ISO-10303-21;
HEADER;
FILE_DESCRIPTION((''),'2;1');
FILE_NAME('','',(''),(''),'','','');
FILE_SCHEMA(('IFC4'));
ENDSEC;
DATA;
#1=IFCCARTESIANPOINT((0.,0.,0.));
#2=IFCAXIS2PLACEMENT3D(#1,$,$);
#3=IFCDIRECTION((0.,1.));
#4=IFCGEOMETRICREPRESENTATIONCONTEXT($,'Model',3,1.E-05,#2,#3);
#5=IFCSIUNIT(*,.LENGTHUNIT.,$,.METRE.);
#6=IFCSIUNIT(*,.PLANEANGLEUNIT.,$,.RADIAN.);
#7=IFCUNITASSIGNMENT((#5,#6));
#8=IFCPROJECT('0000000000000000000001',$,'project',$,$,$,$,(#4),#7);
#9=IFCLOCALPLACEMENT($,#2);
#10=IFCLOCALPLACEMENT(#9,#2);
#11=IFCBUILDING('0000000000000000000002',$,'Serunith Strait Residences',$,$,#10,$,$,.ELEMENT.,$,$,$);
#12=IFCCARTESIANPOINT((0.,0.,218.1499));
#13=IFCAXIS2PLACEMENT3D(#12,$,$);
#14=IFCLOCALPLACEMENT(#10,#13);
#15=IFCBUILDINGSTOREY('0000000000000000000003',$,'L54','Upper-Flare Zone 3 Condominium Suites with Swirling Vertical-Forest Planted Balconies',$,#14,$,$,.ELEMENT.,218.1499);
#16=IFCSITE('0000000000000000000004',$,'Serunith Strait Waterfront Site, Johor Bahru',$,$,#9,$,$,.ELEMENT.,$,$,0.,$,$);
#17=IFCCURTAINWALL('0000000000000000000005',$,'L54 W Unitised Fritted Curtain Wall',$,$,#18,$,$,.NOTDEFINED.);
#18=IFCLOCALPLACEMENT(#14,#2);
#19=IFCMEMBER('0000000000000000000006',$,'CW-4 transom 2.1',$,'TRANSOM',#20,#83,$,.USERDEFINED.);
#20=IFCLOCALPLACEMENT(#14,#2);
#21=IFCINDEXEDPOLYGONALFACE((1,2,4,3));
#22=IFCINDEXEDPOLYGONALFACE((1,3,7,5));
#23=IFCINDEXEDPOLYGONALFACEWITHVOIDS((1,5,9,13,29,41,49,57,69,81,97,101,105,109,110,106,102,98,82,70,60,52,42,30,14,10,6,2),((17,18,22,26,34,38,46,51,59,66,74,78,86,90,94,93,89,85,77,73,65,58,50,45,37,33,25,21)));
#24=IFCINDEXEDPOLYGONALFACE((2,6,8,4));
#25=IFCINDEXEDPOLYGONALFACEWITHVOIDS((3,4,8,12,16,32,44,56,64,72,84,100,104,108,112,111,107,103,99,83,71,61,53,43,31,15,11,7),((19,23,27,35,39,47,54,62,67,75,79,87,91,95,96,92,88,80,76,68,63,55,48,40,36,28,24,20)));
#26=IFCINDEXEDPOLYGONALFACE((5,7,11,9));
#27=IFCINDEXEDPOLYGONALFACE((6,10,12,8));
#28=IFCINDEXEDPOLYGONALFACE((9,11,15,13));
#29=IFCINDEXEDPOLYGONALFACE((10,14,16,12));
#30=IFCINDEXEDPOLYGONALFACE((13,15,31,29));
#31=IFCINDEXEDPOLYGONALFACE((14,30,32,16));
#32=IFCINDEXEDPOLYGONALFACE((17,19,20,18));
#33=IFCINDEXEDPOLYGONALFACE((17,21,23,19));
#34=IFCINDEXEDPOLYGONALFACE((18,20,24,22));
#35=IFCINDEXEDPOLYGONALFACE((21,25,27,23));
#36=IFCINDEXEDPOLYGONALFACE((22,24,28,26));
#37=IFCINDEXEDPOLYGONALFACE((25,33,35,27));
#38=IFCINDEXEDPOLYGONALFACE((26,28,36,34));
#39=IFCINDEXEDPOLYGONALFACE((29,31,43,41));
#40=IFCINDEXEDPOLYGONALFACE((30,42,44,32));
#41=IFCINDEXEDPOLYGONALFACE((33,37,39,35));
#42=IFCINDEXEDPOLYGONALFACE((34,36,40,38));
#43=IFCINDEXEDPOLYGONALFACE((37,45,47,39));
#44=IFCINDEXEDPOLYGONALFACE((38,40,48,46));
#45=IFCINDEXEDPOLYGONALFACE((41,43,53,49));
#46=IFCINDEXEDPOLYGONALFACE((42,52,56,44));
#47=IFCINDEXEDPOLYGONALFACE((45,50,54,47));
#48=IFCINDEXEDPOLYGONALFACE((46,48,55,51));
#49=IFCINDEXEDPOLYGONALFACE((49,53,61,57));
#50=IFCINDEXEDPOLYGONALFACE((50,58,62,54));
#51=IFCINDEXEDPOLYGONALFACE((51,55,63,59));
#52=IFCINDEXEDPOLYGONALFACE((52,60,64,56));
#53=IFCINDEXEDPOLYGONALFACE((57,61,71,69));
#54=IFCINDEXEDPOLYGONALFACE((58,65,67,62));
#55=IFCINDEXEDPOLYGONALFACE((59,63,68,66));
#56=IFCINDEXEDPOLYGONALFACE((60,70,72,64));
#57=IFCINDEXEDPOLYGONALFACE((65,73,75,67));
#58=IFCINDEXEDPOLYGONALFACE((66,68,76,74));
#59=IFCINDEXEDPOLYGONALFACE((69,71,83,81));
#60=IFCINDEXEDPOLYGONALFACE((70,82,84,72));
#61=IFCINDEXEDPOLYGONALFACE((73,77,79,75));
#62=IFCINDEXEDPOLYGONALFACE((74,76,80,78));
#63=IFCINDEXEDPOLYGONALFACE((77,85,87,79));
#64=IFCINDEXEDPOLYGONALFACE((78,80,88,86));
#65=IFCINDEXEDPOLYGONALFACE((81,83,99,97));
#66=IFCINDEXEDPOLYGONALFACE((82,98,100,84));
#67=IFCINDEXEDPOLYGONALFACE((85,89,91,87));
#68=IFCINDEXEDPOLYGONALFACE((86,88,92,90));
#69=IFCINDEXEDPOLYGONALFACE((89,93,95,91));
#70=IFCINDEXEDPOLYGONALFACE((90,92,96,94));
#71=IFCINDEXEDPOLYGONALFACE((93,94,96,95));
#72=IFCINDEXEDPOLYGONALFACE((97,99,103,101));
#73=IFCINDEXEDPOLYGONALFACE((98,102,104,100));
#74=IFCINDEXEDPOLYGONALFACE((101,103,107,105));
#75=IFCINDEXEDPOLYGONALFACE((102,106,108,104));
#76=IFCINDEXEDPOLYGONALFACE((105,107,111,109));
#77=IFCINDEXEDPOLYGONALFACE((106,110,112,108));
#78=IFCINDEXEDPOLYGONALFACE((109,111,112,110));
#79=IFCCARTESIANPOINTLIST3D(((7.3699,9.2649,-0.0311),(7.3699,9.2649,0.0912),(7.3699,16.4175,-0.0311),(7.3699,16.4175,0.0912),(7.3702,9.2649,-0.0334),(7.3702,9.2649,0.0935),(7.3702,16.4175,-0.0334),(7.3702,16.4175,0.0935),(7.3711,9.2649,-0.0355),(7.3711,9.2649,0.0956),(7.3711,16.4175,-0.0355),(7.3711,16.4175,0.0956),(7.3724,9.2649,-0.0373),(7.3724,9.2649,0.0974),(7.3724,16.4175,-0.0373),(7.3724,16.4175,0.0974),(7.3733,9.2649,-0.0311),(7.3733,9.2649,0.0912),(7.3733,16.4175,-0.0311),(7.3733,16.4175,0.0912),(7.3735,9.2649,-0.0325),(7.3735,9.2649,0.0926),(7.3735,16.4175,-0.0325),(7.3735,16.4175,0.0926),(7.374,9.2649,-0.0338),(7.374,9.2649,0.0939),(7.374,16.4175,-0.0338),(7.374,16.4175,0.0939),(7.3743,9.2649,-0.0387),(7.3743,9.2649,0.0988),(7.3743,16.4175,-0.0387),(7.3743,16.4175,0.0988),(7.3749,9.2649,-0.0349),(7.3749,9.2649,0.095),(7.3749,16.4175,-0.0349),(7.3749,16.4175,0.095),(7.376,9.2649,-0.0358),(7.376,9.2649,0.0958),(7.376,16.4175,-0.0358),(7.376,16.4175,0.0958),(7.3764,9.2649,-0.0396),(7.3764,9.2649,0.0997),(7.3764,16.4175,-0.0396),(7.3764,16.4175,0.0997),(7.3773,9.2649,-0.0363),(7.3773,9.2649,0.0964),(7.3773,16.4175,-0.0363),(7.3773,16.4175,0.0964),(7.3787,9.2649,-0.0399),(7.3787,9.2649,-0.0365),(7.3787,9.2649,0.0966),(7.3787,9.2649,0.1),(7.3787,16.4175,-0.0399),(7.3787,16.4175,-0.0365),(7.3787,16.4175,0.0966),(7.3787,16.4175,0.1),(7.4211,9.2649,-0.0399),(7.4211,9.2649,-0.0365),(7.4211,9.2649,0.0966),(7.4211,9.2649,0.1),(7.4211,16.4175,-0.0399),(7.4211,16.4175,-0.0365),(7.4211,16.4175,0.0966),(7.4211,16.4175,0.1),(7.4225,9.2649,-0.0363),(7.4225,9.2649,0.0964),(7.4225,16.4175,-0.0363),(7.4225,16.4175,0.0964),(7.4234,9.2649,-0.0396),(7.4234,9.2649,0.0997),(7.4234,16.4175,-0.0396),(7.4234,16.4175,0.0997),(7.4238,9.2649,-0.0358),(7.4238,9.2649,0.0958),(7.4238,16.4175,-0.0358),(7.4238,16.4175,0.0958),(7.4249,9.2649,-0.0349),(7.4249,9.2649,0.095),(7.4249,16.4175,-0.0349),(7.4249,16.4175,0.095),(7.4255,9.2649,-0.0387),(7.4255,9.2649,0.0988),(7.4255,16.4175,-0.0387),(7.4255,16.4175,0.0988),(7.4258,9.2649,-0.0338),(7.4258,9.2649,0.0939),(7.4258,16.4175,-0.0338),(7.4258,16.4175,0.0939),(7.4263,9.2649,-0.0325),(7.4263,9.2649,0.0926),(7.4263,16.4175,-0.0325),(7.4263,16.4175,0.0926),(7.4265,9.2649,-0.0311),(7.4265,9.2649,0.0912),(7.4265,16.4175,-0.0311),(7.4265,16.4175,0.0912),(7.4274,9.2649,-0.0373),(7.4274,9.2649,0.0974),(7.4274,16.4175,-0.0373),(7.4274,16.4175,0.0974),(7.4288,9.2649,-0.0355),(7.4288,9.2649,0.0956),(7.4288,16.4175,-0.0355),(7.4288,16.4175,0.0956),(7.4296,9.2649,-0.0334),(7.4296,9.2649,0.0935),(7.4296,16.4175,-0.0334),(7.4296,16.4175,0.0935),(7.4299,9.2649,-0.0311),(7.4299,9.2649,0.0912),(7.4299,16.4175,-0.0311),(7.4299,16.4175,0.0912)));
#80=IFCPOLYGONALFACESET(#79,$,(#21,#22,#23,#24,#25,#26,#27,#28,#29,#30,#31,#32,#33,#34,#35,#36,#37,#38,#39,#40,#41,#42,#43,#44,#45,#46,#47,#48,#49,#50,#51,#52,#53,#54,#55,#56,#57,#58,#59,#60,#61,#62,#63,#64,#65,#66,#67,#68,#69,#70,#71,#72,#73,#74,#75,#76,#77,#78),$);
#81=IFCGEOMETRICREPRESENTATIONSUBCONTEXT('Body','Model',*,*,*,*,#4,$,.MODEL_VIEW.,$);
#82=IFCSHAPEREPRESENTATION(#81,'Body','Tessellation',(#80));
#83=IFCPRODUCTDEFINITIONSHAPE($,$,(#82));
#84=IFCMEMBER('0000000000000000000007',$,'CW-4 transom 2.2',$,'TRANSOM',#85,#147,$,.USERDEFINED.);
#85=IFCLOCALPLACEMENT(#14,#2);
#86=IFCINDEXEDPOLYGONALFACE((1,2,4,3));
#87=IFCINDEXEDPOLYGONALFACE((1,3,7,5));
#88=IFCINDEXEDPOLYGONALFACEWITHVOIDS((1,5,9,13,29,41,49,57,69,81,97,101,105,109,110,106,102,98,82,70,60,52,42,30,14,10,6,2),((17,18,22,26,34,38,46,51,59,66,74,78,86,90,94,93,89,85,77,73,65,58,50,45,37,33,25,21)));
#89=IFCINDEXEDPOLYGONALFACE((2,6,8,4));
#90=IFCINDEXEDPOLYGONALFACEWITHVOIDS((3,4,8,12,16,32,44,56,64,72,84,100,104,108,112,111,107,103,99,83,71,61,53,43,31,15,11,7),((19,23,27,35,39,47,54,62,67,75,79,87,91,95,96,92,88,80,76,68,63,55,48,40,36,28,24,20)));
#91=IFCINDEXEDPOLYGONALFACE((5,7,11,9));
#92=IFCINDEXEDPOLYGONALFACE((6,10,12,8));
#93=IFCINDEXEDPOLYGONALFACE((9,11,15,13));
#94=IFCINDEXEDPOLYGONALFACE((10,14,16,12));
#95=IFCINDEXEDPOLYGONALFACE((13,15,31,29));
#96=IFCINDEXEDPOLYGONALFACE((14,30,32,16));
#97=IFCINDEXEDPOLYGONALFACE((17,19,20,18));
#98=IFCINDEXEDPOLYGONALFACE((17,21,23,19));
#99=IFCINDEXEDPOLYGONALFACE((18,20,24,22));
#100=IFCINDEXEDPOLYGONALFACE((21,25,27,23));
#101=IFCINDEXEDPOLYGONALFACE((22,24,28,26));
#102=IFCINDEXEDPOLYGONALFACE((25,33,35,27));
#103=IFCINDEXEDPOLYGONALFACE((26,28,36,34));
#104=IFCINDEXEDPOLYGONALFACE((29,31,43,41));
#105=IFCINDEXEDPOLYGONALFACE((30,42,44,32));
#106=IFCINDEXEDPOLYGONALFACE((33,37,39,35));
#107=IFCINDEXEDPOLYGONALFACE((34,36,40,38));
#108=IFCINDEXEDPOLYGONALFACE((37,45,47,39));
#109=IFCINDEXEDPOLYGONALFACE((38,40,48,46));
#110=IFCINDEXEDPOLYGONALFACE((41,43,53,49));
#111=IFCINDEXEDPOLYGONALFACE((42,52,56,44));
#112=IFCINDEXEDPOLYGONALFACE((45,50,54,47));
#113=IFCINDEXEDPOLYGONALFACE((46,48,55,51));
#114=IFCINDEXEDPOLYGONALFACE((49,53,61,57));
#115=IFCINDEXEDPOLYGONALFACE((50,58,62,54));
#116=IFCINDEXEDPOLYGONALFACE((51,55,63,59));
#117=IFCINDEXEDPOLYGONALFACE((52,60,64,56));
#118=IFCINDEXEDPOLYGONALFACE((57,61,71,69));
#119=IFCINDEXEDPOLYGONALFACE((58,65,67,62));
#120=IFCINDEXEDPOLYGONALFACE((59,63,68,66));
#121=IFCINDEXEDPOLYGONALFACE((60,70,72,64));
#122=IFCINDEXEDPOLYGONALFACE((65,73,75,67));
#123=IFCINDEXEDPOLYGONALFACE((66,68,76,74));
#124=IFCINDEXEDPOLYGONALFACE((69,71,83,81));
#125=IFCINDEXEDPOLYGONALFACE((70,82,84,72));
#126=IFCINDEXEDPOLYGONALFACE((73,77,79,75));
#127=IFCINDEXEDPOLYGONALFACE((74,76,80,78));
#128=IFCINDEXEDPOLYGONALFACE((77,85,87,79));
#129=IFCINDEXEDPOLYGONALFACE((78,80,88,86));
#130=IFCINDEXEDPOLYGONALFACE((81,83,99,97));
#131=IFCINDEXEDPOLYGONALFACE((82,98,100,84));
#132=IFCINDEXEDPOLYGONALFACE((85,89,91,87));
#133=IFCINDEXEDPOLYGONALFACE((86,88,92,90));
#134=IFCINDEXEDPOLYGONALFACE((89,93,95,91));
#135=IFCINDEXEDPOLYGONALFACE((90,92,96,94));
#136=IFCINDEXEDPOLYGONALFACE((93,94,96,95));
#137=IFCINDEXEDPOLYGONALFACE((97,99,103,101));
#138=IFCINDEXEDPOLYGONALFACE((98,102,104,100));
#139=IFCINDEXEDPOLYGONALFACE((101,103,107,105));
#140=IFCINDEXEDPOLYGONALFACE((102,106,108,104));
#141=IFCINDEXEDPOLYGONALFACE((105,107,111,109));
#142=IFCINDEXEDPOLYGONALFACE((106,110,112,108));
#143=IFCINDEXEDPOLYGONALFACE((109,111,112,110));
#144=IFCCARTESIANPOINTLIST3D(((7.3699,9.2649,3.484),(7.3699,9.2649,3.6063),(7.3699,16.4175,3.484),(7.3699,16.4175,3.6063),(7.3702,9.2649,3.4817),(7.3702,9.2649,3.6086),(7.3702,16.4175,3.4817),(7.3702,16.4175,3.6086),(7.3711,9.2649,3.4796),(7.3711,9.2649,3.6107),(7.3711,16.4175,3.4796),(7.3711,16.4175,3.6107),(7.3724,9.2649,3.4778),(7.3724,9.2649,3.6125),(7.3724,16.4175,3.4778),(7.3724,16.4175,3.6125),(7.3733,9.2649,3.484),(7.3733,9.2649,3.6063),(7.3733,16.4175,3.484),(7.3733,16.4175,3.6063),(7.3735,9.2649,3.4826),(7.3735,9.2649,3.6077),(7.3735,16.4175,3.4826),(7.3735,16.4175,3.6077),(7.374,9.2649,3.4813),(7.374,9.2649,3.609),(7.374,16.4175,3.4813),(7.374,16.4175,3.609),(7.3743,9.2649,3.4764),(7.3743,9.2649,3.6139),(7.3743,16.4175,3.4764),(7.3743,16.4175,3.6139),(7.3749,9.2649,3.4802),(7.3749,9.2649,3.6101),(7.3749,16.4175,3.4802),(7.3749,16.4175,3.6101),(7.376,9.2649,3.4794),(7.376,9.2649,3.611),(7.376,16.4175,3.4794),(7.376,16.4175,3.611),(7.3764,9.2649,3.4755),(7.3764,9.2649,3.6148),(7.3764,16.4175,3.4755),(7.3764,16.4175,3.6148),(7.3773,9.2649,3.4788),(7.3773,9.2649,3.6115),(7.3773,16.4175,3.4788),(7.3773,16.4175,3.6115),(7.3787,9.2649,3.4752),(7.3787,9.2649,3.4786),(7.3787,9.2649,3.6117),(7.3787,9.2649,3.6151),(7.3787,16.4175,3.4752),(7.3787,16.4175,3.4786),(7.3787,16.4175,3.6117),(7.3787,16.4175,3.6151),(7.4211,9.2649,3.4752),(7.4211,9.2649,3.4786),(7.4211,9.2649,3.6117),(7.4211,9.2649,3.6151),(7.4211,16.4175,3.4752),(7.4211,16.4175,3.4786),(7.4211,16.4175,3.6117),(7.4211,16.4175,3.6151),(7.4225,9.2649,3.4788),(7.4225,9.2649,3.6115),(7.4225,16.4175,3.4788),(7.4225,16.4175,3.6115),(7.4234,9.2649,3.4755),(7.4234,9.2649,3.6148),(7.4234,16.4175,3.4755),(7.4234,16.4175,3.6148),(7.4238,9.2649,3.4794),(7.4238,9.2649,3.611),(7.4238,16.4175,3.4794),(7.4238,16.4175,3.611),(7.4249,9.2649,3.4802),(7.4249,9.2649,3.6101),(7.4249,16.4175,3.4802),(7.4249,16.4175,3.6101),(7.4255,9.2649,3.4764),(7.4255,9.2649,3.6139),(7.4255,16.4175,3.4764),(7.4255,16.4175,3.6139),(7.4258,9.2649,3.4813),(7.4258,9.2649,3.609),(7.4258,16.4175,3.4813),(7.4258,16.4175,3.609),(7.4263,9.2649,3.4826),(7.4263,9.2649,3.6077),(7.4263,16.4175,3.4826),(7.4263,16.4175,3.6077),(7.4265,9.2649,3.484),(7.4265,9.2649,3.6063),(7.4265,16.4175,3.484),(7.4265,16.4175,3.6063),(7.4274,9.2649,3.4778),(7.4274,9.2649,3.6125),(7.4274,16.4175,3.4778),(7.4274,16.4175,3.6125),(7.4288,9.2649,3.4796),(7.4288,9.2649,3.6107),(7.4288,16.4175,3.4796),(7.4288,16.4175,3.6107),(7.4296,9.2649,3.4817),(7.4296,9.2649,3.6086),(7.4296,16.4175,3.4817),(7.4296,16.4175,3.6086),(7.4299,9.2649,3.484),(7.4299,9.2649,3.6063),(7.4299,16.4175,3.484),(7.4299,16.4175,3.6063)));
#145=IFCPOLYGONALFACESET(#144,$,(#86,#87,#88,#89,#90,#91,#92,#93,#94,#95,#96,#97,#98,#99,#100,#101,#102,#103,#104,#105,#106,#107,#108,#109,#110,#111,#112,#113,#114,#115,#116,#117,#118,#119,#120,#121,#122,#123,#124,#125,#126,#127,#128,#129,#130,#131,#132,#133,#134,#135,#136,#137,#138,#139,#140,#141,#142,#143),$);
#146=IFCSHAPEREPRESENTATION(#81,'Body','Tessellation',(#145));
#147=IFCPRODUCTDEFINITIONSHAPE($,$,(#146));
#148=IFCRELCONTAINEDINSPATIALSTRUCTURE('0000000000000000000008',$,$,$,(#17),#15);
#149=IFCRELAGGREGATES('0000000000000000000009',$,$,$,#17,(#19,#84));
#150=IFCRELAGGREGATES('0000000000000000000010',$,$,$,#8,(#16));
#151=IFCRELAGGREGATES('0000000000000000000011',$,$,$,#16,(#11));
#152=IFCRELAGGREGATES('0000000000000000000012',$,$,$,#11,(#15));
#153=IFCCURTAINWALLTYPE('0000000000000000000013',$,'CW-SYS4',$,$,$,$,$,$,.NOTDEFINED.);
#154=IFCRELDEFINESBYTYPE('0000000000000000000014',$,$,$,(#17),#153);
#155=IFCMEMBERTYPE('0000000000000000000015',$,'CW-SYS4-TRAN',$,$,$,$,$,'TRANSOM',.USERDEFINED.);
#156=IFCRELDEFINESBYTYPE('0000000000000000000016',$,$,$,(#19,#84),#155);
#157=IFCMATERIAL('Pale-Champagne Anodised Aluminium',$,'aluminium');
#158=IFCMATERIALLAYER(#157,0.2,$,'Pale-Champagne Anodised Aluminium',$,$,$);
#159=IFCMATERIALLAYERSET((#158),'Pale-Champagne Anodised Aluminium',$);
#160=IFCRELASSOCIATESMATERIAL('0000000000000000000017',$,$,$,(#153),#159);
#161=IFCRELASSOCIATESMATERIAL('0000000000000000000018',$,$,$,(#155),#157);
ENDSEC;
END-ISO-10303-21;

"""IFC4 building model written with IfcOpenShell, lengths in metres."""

from ifc_helpers import new_model, si_unit, direction, frame, origin, origin_2d, place, context, subcontext, project, spatial, hollow_rectangle, extrude, source, transform, mapped, material, layer, layer_set, material_profile, profile_set, type_object, element, aggregate, save


model = new_model("IFC4")

# Units and contexts
model_context = context("Model", 3, precision=1e-05, world=origin(), true_north=direction((0.0, 1.0)))
body_context = subcontext(model_context, "Body", "Model", "MODEL_VIEW")
ifc_project = project(units=[si_unit("LENGTHUNIT", "METRE"), si_unit("PLANEANGLEUNIT", "RADIAN")], contexts=[model_context])

# Site, building, storey
site_placement = place(None, origin())
site = spatial("IfcSite", under=ifc_project, at=site_placement, Name="Serunith Strait Waterfront Site, Johor Bahru", CompositionType="ELEMENT", RefElevation=0.0)
building_placement = place(site_placement, origin())
building = spatial("IfcBuilding", under=site, at=building_placement, Name="Serunith Strait Residences", CompositionType="ELEMENT")
storey_placement = place(building_placement, frame((0.0, 0.0, 218.1499)))
storey = spatial("IfcBuildingStorey", under=building, at=storey_placement, Name="L54", Description="Upper-Flare Zone 3 Condominium Suites with Swirling Vertical-Forest Planted Balconies", CompositionType="ELEMENT", Elevation=218.1499)

# Curtain wall, members
ifc_material_1 = material(Name="Pale-Champagne Anodised Aluminium", Category="aluminium")
ifc_layer_1 = layer(ifc_material_1, 0.2, Name="Pale-Champagne Anodised Aluminium")
ifc_layer_set_1 = layer_set([ifc_layer_1], Name="Pale-Champagne Anodised Aluminium")
curtain_wall_type = type_object("IfcCurtainWallType", Name="CW-SYS4", PredefinedType="NOTDEFINED", material=ifc_layer_set_1)
curtain_wall_placement = place(storey_placement, origin())
curtain_wall = element("IfcCurtainWall", 1, at=curtain_wall_placement, inside=storey, type_object=curtain_wall_type, Name="L54 W Unitised Fritted Curtain Wall", PredefinedType="NOTDEFINED")
ifc_material_profile_1 = material_profile(ifc_material_1, hollow_rectangle(XDim=0.0601, YDim=0.1399, WallThickness=0.0034, InnerFilletRadius=0.0054, OuterFilletRadius=0.0088, at=origin_2d()), Name="ALU 140x60x3.5")
ifc_profile_set_1 = profile_set([ifc_material_profile_1], Name="Pale-Champagne Anodised Aluminium")
member_type_1 = type_object("IfcMemberType", Name="CW-SYS4-TRAN", ElementType="TRANSOM", PredefinedType="USERDEFINED", material=ifc_profile_set_1)
shared_shape_1 = source(origin(), body_context, "Body", "SweptSolid", [
    extrude(hollow_rectangle(XDim=0.0601, YDim=0.1399, WallThickness=0.0034, InnerFilletRadius=0.0054, OuterFilletRadius=0.0088, at=origin_2d()), origin(), (0.0, 0.0, 1.0), 7.1526),
])
member_1_placement = place(storey_placement, frame((7.3999, 16.4175, 0.03), z_axis=(0.0, -1.0, 0.0), x_axis=(1.0, 0.0, 0.0)))
member_1 = element("IfcMember", 2, at=member_1_placement, type_object=member_type_1, Name="CW-4 transom 2.1", ObjectType="TRANSOM", PredefinedType="USERDEFINED", context=body_context, shape_type="MappedRepresentation", body=[
    mapped(shared_shape_1, transform((0.0, 0.0, 0.0), scale=1.0)),
])
member_2_placement = place(storey_placement, frame((7.3999, 16.4175, 3.5452), z_axis=(0.0, -1.0, 0.0), x_axis=(1.0, 0.0, 0.0)))
member_2 = element("IfcMember", 3, at=member_2_placement, type_object=member_type_1, Name="CW-4 transom 2.2", ObjectType="TRANSOM", PredefinedType="USERDEFINED", context=body_context, shape_type="MappedRepresentation", body=[
    mapped(shared_shape_1, transform((0.0, 0.0, 0.0), scale=1.0)),
])
aggregate(curtain_wall, [member_1, member_2])

save(model, "model.ifc")
